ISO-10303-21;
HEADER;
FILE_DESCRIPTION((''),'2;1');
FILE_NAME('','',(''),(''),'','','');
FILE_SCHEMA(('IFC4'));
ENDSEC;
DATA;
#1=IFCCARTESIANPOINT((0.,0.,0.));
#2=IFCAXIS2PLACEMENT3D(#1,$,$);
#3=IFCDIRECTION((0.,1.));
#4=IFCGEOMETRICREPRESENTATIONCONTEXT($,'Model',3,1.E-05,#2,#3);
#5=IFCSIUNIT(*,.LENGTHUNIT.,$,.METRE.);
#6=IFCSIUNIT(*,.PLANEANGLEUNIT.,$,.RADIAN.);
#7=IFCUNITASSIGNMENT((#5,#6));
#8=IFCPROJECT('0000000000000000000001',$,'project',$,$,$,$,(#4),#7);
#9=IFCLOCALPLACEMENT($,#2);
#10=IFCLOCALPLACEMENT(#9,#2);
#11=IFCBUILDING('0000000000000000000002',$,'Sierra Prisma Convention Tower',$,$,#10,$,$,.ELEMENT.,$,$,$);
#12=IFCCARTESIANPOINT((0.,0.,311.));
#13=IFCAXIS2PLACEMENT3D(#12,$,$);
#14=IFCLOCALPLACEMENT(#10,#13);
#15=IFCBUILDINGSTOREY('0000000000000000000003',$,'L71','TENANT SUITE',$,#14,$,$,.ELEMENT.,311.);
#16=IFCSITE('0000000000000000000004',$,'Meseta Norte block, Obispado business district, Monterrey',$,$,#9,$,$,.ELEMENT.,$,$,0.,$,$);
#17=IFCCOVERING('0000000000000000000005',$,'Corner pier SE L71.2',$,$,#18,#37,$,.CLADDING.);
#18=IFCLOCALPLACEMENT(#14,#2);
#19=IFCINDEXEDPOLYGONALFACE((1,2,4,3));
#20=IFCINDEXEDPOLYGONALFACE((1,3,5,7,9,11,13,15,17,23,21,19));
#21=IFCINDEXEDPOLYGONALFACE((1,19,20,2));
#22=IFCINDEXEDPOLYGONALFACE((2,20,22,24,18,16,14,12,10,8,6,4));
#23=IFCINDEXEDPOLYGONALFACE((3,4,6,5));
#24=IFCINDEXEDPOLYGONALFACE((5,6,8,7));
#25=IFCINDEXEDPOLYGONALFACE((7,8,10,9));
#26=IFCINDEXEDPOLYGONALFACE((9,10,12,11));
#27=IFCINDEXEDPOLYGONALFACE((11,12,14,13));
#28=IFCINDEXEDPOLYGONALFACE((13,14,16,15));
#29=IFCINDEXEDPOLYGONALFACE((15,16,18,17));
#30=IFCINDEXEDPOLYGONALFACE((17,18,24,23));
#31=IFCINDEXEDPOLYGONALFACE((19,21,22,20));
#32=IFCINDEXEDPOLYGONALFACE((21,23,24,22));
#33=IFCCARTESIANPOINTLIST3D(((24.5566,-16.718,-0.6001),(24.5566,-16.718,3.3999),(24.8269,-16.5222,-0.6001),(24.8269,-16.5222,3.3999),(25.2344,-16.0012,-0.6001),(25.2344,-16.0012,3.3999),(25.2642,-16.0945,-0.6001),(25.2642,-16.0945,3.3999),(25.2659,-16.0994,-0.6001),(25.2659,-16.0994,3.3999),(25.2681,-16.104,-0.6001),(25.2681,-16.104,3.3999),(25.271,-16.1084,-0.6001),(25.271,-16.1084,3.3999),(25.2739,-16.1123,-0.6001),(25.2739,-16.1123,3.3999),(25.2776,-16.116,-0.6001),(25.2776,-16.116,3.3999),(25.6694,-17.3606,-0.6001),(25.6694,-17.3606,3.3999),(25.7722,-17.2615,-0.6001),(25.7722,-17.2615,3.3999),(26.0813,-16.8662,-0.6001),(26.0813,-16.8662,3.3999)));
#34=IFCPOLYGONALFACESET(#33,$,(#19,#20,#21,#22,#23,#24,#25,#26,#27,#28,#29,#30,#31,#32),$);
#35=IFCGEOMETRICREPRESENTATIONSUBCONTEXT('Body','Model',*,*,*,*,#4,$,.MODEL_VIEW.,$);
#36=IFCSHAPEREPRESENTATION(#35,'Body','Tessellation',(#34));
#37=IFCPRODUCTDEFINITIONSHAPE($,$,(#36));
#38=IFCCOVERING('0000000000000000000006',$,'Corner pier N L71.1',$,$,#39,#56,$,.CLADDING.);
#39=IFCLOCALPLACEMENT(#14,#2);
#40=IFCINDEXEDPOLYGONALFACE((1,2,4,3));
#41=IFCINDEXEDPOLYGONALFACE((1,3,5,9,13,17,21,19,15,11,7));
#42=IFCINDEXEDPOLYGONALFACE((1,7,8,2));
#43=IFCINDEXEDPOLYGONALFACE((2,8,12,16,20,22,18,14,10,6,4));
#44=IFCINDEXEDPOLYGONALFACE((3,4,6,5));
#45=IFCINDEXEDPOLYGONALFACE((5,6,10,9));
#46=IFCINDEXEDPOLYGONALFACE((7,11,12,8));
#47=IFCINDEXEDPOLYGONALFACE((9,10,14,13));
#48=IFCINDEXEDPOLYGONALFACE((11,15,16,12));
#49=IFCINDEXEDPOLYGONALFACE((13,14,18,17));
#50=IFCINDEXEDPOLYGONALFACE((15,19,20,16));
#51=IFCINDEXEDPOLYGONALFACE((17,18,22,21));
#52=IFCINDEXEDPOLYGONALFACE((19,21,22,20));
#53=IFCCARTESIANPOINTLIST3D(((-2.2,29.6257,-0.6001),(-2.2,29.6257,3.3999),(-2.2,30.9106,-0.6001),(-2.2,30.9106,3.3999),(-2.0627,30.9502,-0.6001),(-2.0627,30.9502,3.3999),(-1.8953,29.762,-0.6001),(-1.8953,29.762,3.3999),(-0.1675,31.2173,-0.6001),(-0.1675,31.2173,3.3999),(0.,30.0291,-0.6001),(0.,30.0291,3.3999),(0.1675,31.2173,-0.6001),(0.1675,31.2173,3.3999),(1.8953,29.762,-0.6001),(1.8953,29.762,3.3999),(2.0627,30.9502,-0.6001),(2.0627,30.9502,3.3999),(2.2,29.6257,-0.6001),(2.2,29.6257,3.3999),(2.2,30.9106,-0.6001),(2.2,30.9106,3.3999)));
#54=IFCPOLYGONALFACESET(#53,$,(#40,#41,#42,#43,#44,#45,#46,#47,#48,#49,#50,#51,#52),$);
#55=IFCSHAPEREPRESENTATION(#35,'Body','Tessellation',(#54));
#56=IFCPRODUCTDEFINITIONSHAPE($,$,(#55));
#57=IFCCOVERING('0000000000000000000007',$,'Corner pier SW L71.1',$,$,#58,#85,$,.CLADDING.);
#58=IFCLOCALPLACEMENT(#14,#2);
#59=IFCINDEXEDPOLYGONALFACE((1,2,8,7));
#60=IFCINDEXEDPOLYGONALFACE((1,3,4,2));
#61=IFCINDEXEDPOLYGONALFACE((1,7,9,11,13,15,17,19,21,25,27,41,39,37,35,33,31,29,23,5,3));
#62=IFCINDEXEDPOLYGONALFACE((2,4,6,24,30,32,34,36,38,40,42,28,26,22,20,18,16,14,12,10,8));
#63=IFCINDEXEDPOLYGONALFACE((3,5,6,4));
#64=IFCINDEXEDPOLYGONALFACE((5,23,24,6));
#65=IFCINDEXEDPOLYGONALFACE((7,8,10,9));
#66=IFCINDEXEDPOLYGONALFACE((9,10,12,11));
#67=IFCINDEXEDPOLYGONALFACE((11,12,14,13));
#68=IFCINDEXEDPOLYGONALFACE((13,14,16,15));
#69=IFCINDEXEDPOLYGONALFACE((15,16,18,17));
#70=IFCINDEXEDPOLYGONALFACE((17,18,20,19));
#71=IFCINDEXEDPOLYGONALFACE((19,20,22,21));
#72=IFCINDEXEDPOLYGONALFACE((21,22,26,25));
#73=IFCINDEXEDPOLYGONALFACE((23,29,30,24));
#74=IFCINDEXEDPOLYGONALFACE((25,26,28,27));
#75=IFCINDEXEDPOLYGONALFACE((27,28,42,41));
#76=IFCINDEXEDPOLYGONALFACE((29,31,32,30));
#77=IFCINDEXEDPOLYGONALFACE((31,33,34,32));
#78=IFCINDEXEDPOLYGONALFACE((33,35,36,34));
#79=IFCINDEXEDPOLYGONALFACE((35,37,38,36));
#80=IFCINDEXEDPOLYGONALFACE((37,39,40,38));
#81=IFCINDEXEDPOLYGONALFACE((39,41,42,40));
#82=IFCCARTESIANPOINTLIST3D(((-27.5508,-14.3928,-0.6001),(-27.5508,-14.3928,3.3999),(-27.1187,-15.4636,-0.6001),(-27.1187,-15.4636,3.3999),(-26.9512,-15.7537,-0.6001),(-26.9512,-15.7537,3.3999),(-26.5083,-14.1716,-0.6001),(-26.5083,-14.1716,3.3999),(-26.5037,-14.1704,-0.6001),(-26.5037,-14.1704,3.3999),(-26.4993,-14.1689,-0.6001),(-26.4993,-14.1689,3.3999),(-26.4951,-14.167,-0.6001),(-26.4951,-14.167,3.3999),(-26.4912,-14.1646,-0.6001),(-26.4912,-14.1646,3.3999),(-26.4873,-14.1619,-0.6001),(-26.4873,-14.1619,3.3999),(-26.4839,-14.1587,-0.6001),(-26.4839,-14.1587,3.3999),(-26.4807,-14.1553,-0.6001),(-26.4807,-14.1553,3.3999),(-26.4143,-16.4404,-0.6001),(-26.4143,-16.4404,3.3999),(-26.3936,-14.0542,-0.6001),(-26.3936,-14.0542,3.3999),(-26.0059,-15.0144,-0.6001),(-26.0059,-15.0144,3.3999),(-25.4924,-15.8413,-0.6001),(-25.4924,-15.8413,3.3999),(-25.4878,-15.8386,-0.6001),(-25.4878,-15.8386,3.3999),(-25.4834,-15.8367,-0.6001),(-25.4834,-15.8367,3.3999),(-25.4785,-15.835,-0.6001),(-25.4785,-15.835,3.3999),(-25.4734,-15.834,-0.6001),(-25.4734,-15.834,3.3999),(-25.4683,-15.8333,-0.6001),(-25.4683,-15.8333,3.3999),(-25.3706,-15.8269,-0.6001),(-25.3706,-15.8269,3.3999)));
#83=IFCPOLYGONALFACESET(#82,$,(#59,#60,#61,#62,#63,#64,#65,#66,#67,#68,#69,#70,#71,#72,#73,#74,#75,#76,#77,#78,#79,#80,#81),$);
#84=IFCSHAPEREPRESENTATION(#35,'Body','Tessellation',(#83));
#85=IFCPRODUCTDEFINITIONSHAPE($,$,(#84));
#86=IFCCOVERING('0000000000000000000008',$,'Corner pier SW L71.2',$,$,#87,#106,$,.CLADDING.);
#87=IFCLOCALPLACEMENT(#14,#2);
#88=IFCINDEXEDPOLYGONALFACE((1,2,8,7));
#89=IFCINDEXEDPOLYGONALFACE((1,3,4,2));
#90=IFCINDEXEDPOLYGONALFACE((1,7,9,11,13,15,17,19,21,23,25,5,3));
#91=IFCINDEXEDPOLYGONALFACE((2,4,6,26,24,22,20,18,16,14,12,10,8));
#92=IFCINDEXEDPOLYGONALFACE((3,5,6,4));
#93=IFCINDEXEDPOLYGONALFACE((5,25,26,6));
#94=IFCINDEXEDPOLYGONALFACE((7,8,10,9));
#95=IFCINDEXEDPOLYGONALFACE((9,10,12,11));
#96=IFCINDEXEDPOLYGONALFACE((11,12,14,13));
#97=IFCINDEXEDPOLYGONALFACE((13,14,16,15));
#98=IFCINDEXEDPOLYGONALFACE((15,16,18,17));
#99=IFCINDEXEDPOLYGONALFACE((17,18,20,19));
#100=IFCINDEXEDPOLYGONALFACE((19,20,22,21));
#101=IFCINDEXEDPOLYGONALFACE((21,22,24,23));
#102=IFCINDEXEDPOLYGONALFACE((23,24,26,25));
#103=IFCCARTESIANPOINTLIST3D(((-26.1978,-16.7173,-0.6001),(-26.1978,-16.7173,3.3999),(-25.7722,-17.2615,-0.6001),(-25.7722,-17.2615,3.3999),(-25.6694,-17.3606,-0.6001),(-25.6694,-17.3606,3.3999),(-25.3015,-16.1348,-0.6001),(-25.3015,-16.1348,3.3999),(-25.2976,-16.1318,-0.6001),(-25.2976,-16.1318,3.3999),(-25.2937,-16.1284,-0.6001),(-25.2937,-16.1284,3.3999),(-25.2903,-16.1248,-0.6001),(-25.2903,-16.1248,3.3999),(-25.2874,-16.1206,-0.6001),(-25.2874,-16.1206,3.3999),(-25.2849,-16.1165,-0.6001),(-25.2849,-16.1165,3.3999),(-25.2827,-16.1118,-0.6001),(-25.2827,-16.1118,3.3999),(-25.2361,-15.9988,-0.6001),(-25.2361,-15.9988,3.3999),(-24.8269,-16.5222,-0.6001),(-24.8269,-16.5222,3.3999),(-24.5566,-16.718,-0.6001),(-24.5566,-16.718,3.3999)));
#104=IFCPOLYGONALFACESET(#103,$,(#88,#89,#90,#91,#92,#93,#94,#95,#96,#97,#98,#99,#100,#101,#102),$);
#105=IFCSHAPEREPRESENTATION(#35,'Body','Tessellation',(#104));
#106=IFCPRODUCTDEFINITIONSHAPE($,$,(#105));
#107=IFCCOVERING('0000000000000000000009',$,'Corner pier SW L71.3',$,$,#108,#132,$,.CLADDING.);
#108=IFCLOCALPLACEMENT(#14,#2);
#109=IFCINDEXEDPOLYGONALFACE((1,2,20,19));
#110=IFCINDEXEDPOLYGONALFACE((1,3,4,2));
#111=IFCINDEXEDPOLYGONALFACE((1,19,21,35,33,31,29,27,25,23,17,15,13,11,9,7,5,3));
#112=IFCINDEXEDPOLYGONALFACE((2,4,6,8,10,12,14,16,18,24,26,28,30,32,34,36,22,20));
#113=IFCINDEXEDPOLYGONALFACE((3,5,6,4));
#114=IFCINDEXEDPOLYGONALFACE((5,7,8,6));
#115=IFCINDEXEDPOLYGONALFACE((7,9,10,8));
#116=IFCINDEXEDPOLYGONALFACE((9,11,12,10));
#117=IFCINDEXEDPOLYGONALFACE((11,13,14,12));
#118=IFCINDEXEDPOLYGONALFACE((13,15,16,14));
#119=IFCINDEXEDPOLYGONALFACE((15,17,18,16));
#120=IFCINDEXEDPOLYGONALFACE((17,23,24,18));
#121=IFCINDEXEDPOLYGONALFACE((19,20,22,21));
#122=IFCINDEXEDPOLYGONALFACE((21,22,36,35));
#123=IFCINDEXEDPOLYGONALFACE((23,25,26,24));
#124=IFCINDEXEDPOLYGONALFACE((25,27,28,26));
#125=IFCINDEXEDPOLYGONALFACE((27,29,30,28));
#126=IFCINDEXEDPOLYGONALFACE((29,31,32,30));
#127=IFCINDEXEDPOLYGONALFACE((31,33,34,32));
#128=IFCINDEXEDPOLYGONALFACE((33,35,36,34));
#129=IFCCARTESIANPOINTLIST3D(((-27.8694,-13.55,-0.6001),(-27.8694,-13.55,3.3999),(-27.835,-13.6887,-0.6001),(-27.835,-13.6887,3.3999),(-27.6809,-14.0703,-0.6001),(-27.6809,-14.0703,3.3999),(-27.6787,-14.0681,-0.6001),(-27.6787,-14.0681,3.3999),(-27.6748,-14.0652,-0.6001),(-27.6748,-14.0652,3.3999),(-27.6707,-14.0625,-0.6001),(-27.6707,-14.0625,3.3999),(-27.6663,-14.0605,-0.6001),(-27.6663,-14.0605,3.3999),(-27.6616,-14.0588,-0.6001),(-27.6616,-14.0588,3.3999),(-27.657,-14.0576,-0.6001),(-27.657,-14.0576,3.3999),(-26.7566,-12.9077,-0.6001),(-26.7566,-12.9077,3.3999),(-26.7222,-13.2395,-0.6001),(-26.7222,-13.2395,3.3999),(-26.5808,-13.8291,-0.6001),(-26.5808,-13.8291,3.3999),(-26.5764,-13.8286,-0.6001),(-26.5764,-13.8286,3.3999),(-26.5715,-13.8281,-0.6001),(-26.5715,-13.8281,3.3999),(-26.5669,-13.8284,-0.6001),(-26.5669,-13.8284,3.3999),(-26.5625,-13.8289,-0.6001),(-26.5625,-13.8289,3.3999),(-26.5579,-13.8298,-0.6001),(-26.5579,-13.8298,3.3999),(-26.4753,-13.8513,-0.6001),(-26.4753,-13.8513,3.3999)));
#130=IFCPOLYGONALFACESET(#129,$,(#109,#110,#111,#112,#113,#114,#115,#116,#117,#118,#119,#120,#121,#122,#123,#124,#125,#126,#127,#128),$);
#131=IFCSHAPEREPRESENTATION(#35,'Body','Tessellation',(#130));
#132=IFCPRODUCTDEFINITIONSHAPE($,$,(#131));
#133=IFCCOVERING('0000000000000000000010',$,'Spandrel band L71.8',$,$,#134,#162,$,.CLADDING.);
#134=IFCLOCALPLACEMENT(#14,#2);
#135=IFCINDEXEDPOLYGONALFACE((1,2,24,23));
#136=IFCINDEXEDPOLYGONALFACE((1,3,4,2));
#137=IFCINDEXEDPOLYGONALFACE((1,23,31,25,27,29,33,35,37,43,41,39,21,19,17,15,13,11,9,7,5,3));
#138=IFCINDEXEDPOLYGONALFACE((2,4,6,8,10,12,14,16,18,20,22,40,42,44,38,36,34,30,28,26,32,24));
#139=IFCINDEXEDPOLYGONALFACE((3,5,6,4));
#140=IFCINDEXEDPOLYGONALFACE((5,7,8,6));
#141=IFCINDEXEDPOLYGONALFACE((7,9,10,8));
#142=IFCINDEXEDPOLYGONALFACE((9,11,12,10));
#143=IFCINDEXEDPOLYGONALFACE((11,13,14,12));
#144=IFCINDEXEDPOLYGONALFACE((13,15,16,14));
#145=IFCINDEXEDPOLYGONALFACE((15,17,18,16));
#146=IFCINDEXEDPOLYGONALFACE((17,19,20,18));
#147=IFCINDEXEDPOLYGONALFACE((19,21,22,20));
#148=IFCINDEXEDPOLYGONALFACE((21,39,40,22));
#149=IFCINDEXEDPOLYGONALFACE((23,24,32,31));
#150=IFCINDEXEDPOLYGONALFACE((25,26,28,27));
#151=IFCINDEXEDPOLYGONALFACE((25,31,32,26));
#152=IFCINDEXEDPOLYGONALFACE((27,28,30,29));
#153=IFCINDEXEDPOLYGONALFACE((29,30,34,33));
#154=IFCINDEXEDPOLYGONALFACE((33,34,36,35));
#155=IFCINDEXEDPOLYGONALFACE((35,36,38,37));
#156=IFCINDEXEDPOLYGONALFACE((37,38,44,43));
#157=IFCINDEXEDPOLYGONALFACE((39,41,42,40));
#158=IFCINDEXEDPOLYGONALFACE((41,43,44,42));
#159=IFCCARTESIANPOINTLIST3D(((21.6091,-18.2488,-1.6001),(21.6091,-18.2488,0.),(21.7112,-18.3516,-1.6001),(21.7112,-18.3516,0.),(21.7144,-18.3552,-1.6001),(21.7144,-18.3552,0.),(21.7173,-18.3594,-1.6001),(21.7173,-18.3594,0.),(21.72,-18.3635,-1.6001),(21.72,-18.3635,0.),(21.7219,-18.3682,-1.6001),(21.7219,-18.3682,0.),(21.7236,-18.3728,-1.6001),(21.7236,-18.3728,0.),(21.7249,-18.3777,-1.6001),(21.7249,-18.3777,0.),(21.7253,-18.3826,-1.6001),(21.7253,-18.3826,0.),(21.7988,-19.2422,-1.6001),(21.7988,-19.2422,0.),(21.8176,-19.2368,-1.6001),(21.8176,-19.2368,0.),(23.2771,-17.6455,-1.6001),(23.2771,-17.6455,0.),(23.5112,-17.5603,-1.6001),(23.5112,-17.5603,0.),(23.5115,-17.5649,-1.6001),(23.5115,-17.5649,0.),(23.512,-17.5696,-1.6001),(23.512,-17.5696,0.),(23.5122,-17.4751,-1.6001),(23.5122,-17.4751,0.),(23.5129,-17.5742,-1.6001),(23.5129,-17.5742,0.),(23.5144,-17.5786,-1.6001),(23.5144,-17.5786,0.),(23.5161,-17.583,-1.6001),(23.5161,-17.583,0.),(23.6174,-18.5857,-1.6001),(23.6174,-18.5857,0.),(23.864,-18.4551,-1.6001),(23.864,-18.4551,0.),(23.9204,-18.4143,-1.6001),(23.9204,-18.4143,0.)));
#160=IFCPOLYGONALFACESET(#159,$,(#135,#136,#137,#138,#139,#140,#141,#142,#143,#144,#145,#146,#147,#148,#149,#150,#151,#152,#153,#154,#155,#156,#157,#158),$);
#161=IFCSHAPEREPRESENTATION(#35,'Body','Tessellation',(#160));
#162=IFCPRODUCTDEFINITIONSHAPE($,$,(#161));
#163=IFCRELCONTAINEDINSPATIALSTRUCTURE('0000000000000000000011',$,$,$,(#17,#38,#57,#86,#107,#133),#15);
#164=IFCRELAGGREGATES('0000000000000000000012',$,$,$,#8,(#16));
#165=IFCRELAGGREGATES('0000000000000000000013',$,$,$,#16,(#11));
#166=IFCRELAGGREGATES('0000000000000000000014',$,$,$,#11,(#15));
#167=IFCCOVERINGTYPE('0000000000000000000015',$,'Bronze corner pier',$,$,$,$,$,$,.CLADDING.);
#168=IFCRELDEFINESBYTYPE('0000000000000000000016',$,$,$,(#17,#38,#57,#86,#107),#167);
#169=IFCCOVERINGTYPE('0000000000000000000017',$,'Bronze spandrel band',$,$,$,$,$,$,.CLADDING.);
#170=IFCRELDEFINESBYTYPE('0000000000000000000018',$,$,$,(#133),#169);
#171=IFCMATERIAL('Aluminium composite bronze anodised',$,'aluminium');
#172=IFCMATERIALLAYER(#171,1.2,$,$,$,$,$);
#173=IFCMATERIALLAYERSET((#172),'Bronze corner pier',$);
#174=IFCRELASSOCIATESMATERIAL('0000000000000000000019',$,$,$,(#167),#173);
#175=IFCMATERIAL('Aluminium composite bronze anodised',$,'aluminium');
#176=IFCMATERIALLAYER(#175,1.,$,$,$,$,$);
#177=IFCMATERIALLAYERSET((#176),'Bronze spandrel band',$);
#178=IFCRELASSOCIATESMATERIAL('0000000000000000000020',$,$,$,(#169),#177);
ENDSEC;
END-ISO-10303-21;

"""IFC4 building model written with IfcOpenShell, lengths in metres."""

from ifc_helpers import new_model, si_unit, direction, frame, origin, place, context, subcontext, project, spatial, polyline, outline, extrude, material, layer, layer_set, type_object, element, save


model = new_model("IFC4")

# Units and contexts
model_context = context("Model", 3, precision=1e-05, world=origin(), true_north=direction((0.0, 1.0)))
body_context = subcontext(model_context, "Body", "Model", "MODEL_VIEW")
ifc_project = project(units=[si_unit("LENGTHUNIT", "METRE"), si_unit("PLANEANGLEUNIT", "RADIAN")], contexts=[model_context])

# Site, building, storey
site_placement = place(None, origin())
site = spatial("IfcSite", under=ifc_project, at=site_placement, Name="Meseta Norte block, Obispado business district, Monterrey", CompositionType="ELEMENT", RefElevation=0.0)
building_placement = place(site_placement, origin())
building = spatial("IfcBuilding", under=site, at=building_placement, Name="Sierra Prisma Convention Tower", CompositionType="ELEMENT")
storey_placement = place(building_placement, frame((0.0, 0.0, 311.0)))
storey = spatial("IfcBuildingStorey", under=building, at=storey_placement, Name="L71", Description="TENANT SUITE", CompositionType="ELEMENT", Elevation=311.0)

# Coverings
ifc_material_1 = material(Name="Aluminium composite bronze anodised", Category="aluminium")
ifc_layer_1 = layer(ifc_material_1, 1.2)
ifc_layer_set_1 = layer_set([ifc_layer_1], Name="Bronze corner pier")
covering_type_1 = type_object("IfcCoveringType", Name="Bronze corner pier", PredefinedType="CLADDING", material=ifc_layer_set_1)
covering_1_placement = place(storey_placement, frame((0.0, 0.0, -0.6001)))
element("IfcCovering", 1, at=covering_1_placement, inside=storey, type_object=covering_type_1, Name="Corner pier SE L71.2", PredefinedType="CLADDING", context=body_context, shape_type="SweptSolid", body=[
    extrude(outline(polyline([(25.2776, -16.116), (26.0813, -16.8662), (25.7722, -17.2615), (25.6694, -17.3606), (24.5566, -16.718), (24.8269, -16.5222), (25.2344, -16.0012), (25.2642, -16.0945), (25.2659, -16.0994), (25.2681, -16.104), (25.271, -16.1084), (25.2739, -16.1123), (25.2776, -16.116)])), origin(), (0.0, 0.0, 1.0), 4.0),
])
covering_2_placement = place(storey_placement, frame((0.0, 0.0, -0.6001)))
element("IfcCovering", 2, at=covering_2_placement, inside=storey, type_object=covering_type_1, Name="Corner pier N L71.1", PredefinedType="CLADDING", context=body_context, shape_type="SweptSolid", body=[
    extrude(outline(polyline([(0.1675, 31.2173), (2.0627, 30.9502), (2.2, 30.9106), (2.2, 29.6257), (1.8953, 29.762), (0.0, 30.0291), (-1.8953, 29.762), (-2.2, 29.6257), (-2.2, 30.9106), (-2.0627, 30.9502), (-0.1675, 31.2173), (0.1675, 31.2173)])), origin(), (0.0, 0.0, 1.0), 4.0),
])
covering_3_placement = place(storey_placement, frame((0.0, 0.0, -0.6001)))
element("IfcCovering", 3, at=covering_3_placement, inside=storey, type_object=covering_type_1, Name="Corner pier SW L71.1", PredefinedType="CLADDING", context=body_context, shape_type="SweptSolid", body=[
    extrude(outline(polyline([(-27.1187, -15.4636), (-27.5508, -14.3928), (-26.5083, -14.1716), (-26.5037, -14.1704), (-26.4993, -14.1689), (-26.4951, -14.167), (-26.4912, -14.1646), (-26.4873, -14.1619), (-26.4839, -14.1587), (-26.4807, -14.1553), (-26.3936, -14.0542), (-26.0059, -15.0144), (-25.3706, -15.8269), (-25.4683, -15.8333), (-25.4734, -15.834), (-25.4785, -15.835), (-25.4834, -15.8367), (-25.4878, -15.8386), (-25.4924, -15.8413), (-26.4143, -16.4404), (-26.9512, -15.7537), (-27.1187, -15.4636)])), origin(), (0.0, 0.0, 1.0), 4.0),
])
covering_4_placement = place(storey_placement, frame((0.0, 0.0, -0.6001)))
element("IfcCovering", 4, at=covering_4_placement, inside=storey, type_object=covering_type_1, Name="Corner pier SW L71.2", PredefinedType="CLADDING", context=body_context, shape_type="SweptSolid", body=[
    extrude(outline(polyline([(-24.8269, -16.5222), (-24.5566, -16.718), (-25.6694, -17.3606), (-25.7722, -17.2615), (-26.1978, -16.7173), (-25.3015, -16.1348), (-25.2976, -16.1318), (-25.2937, -16.1284), (-25.2903, -16.1248), (-25.2874, -16.1206), (-25.2849, -16.1165), (-25.2827, -16.1118), (-25.2361, -15.9988), (-24.8269, -16.5222)])), origin(), (0.0, 0.0, 1.0), 4.0),
])
covering_5_placement = place(storey_placement, frame((0.0, 0.0, -0.6001)))
element("IfcCovering", 5, at=covering_5_placement, inside=storey, type_object=covering_type_1, Name="Corner pier SW L71.3", PredefinedType="CLADDING", context=body_context, shape_type="SweptSolid", body=[
    extrude(outline(polyline([(-27.8694, -13.55), (-26.7566, -12.9077), (-26.7222, -13.2395), (-26.4753, -13.8513), (-26.5579, -13.8298), (-26.5625, -13.8289), (-26.5669, -13.8284), (-26.5715, -13.8281), (-26.5764, -13.8286), (-26.5808, -13.8291), (-27.657, -14.0576), (-27.6616, -14.0588), (-27.6663, -14.0605), (-27.6707, -14.0625), (-27.6748, -14.0652), (-27.6787, -14.0681), (-27.6809, -14.0703), (-27.835, -13.6887), (-27.8694, -13.55)])), origin(), (0.0, 0.0, 1.0), 4.0),
])
ifc_material_2 = material(Name="Aluminium composite bronze anodised", Category="aluminium")
ifc_layer_2 = layer(ifc_material_2, 1.0)
ifc_layer_set_2 = layer_set([ifc_layer_2], Name="Bronze spandrel band")
covering_type_2 = type_object("IfcCoveringType", Name="Bronze spandrel band", PredefinedType="CLADDING", material=ifc_layer_set_2)
covering_6_placement = place(storey_placement, frame((0.0, 0.0, -1.6001)))
element("IfcCovering", 6, at=covering_6_placement, inside=storey, type_object=covering_type_2, Name="Spandrel band L71.8", PredefinedType="CLADDING", context=body_context, shape_type="SweptSolid", body=[
    extrude(outline(polyline([(23.5112, -17.5603), (23.5115, -17.5649), (23.512, -17.5696), (23.5129, -17.5742), (23.5144, -17.5786), (23.5161, -17.583), (23.9204, -18.4143), (23.864, -18.4551), (23.6174, -18.5857), (21.8176, -19.2368), (21.7988, -19.2422), (21.7253, -18.3826), (21.7249, -18.3777), (21.7236, -18.3728), (21.7219, -18.3682), (21.72, -18.3635), (21.7173, -18.3594), (21.7144, -18.3552), (21.7112, -18.3516), (21.6091, -18.2488), (23.2771, -17.6455), (23.5122, -17.4751), (23.5112, -17.5603)])), origin(), (0.0, 0.0, 1.0), 1.6001),
])

save(model, "model.ifc")
